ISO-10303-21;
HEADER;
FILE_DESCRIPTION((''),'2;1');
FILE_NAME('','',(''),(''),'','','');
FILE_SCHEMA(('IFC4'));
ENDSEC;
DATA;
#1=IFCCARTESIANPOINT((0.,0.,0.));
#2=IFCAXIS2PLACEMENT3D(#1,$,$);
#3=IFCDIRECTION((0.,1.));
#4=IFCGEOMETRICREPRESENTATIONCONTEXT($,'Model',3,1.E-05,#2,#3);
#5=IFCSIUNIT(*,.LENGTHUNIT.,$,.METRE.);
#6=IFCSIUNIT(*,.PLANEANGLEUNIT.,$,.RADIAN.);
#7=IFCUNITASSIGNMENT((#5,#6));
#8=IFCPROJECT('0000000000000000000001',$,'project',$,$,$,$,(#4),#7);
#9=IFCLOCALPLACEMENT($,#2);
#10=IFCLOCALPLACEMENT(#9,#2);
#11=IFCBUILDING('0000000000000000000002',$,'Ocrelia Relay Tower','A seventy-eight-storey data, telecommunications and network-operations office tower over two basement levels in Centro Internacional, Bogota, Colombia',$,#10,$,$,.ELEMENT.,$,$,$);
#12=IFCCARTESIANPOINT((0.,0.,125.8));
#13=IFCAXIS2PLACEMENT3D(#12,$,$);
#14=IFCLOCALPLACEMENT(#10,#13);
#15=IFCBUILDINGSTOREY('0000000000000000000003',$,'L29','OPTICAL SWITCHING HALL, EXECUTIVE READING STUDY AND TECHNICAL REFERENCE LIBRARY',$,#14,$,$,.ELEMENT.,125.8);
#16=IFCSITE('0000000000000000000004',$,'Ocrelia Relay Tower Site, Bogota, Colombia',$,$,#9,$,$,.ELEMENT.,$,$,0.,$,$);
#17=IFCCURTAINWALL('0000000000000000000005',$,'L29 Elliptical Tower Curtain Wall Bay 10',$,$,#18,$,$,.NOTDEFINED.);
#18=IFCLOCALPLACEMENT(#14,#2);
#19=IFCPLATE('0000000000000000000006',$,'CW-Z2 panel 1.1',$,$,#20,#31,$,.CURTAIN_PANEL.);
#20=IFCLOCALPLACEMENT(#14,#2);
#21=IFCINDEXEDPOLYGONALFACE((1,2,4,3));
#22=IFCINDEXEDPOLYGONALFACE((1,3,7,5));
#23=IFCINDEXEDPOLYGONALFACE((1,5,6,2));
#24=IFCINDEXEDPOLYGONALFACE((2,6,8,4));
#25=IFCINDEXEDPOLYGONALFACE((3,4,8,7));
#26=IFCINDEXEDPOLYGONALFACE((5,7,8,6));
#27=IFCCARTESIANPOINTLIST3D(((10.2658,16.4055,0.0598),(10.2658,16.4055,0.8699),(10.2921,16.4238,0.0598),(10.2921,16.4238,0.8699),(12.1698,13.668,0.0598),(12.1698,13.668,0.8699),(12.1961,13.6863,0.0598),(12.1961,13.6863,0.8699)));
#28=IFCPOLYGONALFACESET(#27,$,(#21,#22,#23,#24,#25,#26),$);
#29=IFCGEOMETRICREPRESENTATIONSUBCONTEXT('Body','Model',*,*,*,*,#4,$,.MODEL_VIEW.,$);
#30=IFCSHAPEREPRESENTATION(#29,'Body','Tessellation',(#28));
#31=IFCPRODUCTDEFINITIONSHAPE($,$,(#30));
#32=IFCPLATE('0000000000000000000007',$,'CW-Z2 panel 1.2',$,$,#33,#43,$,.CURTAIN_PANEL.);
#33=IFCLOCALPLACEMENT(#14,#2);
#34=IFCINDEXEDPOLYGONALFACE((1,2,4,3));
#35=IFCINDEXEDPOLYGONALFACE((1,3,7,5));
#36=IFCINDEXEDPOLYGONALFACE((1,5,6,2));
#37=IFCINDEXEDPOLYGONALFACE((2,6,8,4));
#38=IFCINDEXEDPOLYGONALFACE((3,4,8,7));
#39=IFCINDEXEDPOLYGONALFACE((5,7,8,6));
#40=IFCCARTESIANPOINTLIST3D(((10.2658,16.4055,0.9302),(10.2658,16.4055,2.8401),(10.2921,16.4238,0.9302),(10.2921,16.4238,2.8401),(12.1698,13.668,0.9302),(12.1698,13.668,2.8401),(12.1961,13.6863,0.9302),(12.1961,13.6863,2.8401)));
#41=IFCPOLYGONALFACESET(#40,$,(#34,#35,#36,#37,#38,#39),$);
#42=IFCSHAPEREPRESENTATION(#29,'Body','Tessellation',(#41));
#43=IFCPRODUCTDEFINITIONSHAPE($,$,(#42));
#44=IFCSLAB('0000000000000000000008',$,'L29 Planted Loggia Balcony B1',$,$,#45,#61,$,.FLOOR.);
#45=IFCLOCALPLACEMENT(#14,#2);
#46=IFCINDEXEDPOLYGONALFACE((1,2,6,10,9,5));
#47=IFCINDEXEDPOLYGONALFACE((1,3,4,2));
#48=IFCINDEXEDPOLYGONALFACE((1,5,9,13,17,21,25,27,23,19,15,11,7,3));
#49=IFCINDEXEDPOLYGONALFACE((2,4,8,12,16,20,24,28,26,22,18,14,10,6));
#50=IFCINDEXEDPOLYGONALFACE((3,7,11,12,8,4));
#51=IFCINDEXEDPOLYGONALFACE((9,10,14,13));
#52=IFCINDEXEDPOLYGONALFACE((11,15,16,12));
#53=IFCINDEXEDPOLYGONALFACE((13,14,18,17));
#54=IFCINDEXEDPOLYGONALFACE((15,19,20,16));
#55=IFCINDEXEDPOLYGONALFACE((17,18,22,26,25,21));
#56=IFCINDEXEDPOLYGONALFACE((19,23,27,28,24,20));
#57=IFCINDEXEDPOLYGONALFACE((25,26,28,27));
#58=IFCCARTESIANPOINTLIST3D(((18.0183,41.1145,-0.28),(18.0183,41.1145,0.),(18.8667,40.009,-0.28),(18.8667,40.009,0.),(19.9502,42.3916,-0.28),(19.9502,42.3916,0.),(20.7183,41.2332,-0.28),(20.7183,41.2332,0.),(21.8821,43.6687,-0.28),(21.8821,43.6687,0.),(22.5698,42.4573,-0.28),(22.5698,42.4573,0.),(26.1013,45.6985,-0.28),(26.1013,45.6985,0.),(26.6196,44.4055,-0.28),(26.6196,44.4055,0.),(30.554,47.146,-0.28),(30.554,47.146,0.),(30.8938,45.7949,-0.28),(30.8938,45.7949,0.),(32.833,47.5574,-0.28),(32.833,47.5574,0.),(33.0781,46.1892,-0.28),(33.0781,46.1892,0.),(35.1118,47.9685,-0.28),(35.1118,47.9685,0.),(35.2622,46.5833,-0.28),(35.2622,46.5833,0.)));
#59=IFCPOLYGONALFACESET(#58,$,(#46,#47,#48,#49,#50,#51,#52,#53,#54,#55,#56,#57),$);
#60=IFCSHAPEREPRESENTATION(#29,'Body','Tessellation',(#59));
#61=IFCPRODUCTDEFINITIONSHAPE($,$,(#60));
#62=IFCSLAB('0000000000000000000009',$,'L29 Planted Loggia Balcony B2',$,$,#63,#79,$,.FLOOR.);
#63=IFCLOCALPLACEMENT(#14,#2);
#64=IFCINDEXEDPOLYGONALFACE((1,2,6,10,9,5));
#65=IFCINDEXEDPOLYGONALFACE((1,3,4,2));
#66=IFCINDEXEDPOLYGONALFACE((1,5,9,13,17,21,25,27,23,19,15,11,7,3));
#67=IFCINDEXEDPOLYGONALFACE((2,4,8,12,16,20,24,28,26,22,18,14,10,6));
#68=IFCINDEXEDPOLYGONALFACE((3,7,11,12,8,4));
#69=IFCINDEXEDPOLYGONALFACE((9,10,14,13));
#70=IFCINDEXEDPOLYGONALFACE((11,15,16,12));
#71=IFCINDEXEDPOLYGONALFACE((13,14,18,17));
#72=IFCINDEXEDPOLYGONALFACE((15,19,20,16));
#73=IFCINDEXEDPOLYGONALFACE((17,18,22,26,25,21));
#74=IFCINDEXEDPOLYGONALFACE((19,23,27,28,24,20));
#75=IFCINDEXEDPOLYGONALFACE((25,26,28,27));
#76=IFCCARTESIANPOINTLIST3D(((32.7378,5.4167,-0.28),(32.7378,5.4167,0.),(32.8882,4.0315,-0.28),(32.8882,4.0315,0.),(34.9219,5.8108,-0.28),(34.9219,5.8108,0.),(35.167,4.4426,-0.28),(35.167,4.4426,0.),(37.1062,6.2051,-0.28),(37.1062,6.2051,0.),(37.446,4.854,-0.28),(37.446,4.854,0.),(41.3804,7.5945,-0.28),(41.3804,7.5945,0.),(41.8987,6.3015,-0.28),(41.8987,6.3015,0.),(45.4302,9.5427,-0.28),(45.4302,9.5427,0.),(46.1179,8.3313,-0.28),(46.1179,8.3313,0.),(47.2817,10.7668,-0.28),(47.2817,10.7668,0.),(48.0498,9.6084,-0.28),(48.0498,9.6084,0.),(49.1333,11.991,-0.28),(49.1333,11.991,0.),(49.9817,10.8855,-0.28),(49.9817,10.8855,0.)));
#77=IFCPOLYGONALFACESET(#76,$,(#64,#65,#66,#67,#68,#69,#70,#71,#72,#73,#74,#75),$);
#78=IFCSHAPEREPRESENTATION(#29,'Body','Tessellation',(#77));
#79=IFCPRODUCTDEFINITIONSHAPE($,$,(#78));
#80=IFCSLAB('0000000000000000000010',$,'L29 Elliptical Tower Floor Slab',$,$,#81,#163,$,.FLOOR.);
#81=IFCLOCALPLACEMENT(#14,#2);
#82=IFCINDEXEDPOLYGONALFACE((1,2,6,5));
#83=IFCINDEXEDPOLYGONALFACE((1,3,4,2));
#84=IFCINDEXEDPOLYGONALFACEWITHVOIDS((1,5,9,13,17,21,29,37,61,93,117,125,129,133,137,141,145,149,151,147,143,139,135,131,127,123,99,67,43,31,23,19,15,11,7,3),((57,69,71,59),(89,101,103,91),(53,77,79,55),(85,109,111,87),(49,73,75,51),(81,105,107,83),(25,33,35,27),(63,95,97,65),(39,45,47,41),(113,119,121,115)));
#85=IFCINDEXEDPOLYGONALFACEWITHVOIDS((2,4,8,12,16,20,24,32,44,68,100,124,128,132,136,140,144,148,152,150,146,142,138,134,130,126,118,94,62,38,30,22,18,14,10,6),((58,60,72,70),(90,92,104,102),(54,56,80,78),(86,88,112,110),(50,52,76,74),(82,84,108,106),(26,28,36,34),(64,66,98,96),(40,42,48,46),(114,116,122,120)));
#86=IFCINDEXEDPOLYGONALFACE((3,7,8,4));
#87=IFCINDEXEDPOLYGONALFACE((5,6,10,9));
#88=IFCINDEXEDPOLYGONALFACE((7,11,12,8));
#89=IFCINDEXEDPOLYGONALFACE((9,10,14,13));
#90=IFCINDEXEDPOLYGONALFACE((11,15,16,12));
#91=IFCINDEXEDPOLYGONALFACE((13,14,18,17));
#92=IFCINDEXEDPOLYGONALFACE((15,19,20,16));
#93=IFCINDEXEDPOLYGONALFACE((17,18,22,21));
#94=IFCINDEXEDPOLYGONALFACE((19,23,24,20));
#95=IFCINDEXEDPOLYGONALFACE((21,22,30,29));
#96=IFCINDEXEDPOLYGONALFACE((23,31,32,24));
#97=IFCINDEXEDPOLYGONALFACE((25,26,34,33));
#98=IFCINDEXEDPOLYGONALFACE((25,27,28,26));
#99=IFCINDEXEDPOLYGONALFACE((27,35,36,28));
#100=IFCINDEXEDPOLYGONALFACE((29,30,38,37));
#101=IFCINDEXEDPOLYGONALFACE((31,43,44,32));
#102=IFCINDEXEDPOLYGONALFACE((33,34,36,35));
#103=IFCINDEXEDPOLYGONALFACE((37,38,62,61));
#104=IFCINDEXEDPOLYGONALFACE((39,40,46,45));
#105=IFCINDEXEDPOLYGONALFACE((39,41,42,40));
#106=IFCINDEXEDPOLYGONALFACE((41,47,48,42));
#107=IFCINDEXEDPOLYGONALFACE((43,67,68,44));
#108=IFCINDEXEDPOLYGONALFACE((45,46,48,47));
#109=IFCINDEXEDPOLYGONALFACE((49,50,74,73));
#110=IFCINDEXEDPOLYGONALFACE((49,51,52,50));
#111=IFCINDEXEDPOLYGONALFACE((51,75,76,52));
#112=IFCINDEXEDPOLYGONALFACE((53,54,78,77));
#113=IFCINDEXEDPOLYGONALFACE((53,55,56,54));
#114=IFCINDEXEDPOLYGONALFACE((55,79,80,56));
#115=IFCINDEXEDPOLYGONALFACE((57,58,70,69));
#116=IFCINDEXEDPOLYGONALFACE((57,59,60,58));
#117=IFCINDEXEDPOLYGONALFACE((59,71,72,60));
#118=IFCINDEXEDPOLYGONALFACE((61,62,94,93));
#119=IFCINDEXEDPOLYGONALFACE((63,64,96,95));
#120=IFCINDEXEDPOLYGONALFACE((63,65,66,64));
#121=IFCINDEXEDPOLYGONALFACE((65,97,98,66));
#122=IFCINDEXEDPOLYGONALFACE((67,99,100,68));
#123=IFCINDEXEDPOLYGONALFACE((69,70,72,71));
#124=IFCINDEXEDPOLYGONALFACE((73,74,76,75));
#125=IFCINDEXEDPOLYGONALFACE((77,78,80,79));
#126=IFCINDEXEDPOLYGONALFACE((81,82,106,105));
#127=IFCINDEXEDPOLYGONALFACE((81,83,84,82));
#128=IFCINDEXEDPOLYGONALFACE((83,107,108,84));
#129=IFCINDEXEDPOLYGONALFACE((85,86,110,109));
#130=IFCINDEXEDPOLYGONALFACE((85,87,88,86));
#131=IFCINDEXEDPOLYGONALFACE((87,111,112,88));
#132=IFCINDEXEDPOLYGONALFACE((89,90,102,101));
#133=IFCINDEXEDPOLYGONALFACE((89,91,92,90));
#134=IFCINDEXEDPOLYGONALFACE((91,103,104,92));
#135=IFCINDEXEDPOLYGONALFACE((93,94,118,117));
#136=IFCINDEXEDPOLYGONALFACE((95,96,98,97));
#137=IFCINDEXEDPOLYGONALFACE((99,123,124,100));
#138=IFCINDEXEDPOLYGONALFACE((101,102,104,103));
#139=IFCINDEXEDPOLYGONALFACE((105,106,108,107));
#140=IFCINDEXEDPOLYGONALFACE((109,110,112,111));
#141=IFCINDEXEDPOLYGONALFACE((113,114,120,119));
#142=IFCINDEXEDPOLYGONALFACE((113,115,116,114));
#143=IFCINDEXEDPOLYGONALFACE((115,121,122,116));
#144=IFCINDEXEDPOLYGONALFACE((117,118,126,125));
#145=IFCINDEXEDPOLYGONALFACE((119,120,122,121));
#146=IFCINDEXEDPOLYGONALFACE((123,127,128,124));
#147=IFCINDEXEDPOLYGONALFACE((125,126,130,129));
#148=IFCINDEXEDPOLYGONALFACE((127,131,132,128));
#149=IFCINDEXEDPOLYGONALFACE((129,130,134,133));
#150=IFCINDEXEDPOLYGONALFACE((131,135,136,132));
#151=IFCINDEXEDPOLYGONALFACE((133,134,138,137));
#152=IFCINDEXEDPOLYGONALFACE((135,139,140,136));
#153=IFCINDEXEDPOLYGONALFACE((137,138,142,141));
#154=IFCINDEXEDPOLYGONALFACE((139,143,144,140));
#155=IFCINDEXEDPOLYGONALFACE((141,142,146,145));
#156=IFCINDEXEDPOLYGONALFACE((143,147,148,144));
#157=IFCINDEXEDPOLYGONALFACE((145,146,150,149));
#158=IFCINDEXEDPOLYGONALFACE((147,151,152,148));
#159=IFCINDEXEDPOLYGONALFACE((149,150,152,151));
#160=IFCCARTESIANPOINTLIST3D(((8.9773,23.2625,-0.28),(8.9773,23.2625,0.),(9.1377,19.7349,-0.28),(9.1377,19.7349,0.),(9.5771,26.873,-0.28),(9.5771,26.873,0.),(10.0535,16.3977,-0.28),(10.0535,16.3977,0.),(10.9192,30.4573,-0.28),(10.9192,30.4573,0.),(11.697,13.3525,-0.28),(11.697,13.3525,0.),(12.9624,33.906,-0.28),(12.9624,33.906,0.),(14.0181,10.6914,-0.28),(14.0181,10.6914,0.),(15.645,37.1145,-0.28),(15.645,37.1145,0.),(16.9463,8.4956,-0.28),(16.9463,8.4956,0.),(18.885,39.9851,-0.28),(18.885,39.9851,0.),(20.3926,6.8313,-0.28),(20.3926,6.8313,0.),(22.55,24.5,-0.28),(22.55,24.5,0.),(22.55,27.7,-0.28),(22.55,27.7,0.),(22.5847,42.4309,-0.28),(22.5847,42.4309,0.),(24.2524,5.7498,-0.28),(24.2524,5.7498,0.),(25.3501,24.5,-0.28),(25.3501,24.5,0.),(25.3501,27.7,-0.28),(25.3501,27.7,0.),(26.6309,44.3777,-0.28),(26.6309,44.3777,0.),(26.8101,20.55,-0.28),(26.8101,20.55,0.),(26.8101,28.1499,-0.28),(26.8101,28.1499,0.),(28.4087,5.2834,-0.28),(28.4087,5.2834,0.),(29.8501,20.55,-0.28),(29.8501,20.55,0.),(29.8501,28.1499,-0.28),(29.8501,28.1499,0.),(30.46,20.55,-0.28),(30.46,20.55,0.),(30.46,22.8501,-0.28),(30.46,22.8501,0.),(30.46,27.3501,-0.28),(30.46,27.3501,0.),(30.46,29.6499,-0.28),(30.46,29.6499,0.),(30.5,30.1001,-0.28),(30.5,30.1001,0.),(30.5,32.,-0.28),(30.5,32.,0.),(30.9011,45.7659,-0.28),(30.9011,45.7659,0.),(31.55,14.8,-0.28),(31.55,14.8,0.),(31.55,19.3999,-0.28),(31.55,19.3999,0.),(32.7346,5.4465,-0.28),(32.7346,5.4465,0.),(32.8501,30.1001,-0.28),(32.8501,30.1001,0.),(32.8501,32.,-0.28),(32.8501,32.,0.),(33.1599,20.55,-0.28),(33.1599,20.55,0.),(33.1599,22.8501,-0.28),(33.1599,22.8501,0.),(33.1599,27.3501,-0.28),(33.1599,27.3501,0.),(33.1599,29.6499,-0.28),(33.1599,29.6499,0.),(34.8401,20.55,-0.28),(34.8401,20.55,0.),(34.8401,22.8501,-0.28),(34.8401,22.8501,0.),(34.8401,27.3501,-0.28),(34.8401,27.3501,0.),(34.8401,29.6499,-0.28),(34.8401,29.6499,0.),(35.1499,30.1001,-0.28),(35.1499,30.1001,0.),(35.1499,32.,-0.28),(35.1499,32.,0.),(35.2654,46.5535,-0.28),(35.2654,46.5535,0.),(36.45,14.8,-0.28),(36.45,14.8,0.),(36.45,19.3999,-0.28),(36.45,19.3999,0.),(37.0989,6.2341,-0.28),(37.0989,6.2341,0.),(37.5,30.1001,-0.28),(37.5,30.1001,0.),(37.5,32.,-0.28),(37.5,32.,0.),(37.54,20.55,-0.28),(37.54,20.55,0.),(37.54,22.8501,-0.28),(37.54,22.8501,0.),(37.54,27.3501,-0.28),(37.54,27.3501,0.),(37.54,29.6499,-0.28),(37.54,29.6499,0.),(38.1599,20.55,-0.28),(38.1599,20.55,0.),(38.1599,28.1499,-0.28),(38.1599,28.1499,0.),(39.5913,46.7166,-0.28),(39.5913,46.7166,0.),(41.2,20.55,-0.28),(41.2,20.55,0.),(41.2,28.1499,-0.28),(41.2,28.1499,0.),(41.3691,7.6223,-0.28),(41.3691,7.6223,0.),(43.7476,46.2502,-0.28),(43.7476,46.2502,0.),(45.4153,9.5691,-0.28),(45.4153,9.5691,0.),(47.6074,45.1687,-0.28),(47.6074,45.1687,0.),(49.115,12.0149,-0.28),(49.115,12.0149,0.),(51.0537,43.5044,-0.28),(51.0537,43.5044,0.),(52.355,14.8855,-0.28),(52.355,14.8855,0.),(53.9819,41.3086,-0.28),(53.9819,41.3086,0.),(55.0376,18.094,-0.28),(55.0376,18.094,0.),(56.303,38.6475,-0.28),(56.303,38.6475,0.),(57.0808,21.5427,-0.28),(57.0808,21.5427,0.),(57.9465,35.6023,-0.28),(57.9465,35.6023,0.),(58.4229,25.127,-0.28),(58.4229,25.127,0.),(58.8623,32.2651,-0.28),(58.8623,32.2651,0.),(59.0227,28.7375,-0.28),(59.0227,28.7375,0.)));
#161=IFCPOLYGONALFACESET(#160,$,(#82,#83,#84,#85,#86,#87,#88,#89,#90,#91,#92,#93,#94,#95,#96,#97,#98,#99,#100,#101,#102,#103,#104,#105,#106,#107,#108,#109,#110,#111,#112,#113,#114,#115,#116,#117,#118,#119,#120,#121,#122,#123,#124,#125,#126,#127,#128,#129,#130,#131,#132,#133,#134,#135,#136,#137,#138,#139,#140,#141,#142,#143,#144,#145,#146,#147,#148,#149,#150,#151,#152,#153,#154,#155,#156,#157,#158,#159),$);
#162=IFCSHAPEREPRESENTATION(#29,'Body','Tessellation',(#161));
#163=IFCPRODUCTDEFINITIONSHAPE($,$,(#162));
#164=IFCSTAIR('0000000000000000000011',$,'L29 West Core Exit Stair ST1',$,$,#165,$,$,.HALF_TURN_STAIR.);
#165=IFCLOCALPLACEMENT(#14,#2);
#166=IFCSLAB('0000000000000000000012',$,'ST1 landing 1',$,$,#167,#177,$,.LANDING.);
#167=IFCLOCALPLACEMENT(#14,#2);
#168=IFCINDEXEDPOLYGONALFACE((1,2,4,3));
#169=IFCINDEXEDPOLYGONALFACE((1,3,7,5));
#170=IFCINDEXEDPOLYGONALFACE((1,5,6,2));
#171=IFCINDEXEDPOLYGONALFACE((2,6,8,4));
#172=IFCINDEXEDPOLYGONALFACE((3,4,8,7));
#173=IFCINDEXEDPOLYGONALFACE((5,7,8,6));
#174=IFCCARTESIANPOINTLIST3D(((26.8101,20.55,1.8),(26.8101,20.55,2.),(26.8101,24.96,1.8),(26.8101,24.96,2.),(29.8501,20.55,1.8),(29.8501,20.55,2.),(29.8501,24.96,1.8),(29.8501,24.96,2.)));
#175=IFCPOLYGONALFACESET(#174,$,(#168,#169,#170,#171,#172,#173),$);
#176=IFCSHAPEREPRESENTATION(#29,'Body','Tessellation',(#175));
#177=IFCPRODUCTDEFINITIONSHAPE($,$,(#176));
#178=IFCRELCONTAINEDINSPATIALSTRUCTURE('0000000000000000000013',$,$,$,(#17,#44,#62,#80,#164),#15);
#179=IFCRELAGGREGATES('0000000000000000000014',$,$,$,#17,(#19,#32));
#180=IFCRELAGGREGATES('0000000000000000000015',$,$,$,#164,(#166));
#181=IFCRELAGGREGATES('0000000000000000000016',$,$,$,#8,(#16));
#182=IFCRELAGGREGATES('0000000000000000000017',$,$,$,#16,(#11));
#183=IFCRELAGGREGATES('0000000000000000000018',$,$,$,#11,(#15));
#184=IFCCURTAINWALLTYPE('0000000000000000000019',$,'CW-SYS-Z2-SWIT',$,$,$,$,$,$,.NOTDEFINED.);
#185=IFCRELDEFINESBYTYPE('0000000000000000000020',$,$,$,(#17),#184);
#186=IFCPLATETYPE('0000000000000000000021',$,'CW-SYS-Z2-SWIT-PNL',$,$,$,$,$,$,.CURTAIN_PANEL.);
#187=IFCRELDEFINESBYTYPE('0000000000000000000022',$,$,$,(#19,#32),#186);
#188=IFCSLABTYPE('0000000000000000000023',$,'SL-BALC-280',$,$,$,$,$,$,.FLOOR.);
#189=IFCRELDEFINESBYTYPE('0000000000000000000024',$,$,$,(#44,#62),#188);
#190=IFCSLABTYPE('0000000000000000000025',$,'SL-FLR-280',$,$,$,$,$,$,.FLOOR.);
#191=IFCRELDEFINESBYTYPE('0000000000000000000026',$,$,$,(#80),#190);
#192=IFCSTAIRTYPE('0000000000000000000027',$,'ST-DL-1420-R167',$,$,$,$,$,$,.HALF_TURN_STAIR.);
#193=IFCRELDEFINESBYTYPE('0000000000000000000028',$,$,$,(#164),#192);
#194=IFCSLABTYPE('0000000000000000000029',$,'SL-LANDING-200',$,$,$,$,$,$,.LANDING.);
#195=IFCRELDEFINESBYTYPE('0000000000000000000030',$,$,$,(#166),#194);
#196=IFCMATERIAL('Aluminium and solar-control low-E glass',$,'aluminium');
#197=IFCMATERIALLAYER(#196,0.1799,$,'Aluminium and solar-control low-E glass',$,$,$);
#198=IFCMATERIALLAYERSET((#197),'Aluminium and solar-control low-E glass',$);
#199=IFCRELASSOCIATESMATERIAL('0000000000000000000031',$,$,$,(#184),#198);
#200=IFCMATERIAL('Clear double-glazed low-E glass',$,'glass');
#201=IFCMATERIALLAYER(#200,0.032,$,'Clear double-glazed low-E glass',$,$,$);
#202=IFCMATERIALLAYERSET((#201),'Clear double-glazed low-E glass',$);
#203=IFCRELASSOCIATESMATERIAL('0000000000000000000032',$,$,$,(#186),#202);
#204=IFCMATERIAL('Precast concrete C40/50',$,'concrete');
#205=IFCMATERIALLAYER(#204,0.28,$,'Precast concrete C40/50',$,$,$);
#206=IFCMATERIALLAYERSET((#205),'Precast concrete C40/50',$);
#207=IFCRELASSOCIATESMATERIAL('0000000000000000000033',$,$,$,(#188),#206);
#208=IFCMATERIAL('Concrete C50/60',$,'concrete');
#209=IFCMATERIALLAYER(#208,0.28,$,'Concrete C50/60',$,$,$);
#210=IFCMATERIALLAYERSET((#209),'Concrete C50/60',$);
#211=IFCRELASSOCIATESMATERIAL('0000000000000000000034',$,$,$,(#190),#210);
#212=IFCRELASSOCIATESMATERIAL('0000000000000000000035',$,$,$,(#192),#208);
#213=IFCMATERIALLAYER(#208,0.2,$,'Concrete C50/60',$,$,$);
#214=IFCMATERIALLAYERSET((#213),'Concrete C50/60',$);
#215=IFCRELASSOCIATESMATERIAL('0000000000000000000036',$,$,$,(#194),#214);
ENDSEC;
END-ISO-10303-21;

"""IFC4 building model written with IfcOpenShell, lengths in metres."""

from ifc_helpers import new_model, si_unit, direction, frame, origin, origin_2d, place, context, subcontext, project, spatial, polyline, rectangle, outline, extrude, material, layer, layer_set, type_object, element, aggregate, save


model = new_model("IFC4")

# Units and contexts
model_context = context("Model", 3, precision=1e-05, world=origin(), true_north=direction((0.0, 1.0)))
body_context = subcontext(model_context, "Body", "Model", "MODEL_VIEW")
ifc_project = project(units=[si_unit("LENGTHUNIT", "METRE"), si_unit("PLANEANGLEUNIT", "RADIAN")], contexts=[model_context])

# Site, building, storey
site_placement = place(None, origin())
site = spatial("IfcSite", under=ifc_project, at=site_placement, Name="Ocrelia Relay Tower Site, Bogota, Colombia", CompositionType="ELEMENT", RefElevation=0.0)
building_placement = place(site_placement, origin())
building = spatial("IfcBuilding", under=site, at=building_placement, Name="Ocrelia Relay Tower", Description="A seventy-eight-storey data, telecommunications and network-operations office tower over two basement levels in Centro Internacional, Bogota, Colombia", CompositionType="ELEMENT")
storey_placement = place(building_placement, frame((0.0, 0.0, 125.8)))
storey = spatial("IfcBuildingStorey", under=building, at=storey_placement, Name="L29", Description="OPTICAL SWITCHING HALL, EXECUTIVE READING STUDY AND TECHNICAL REFERENCE LIBRARY", CompositionType="ELEMENT", Elevation=125.8)

# Shared definitions
ifc_material_1 = material(Name="Aluminium and solar-control low-E glass", Category="aluminium")
ifc_layer_1 = layer(ifc_material_1, 0.1799, Name="Aluminium and solar-control low-E glass")
ifc_layer_set_1 = layer_set([ifc_layer_1], Name="Aluminium and solar-control low-E glass")
curtain_wall_type = type_object("IfcCurtainWallType", Name="CW-SYS-Z2-SWIT", PredefinedType="NOTDEFINED", material=ifc_layer_set_1)

# Curtain wall
curtain_wall_1_placement = place(storey_placement, origin())
curtain_wall_1 = element("IfcCurtainWall", 1, at=curtain_wall_1_placement, inside=storey, type_object=curtain_wall_type, Name="L29 Elliptical Tower Curtain Wall Bay 10", PredefinedType="NOTDEFINED")

# Plates
ifc_material_2 = material(Name="Clear double-glazed low-E glass", Category="glass")
ifc_layer_2 = layer(ifc_material_2, 0.032, Name="Clear double-glazed low-E glass")
ifc_layer_set_2 = layer_set([ifc_layer_2], Name="Clear double-glazed low-E glass")
plate_type = type_object("IfcPlateType", Name="CW-SYS-Z2-SWIT-PNL", PredefinedType="CURTAIN_PANEL", material=ifc_layer_set_2)
plate_1_placement = place(storey_placement, frame((11.231, 15.0459, 0.0598), z_axis=(0.0, 0.0, 1.0), x_axis=(0.570993, -0.820955, 0.0)))
plate_1 = element("IfcPlate", 2, at=plate_1_placement, type_object=plate_type, Name="CW-Z2 panel 1.1", PredefinedType="CURTAIN_PANEL", context=body_context, shape_type="SweptSolid", body=[
    extrude(rectangle(XDim=3.3345, YDim=0.032, at=origin_2d()), origin(), (0.0, 0.0, 1.0), 0.8101),
])
plate_2_placement = place(storey_placement, frame((11.231, 15.0459, 0.9302), z_axis=(0.0, 0.0, 1.0), x_axis=(0.570993, -0.820955, 0.0)))
plate_2 = element("IfcPlate", 3, at=plate_2_placement, type_object=plate_type, Name="CW-Z2 panel 1.2", PredefinedType="CURTAIN_PANEL", context=body_context, shape_type="SweptSolid", body=[
    extrude(rectangle(XDim=3.3345, YDim=0.032, at=origin_2d()), origin(), (0.0, 0.0, 1.0), 1.9099),
])
aggregate(curtain_wall_1, [plate_1, plate_2])

# Slabs
ifc_material_3 = material(Name="Precast concrete C40/50", Category="concrete")
ifc_layer_3 = layer(ifc_material_3, 0.28, Name="Precast concrete C40/50")
ifc_layer_set_3 = layer_set([ifc_layer_3], Name="Precast concrete C40/50")
slab_type_1 = type_object("IfcSlabType", Name="SL-BALC-280", PredefinedType="FLOOR", material=ifc_layer_set_3)
slab_1_placement = place(storey_placement, frame((0.0, 0.0, -0.28)))
element("IfcSlab", 4, at=slab_1_placement, inside=storey, type_object=slab_type_1, Name="L29 Planted Loggia Balcony B1", PredefinedType="FLOOR", context=body_context, shape_type="SweptSolid", body=[
    extrude(outline(polyline([(35.2622, 46.5833), (33.0781, 46.1892), (30.8938, 45.7949), (26.6196, 44.4055), (22.5698, 42.4573), (20.7183, 41.2332), (18.8667, 40.009), (18.0183, 41.1145), (19.9502, 42.3916), (21.8821, 43.6687), (26.1013, 45.6985), (30.554, 47.146), (32.833, 47.5574), (35.1118, 47.9685), (35.2622, 46.5833)])), origin(), (0.0, 0.0, 1.0), 0.28),
])
slab_2_placement = place(storey_placement, frame((0.0, 0.0, -0.28)))
element("IfcSlab", 5, at=slab_2_placement, inside=storey, type_object=slab_type_1, Name="L29 Planted Loggia Balcony B2", PredefinedType="FLOOR", context=body_context, shape_type="SweptSolid", body=[
    extrude(outline(polyline([(32.7378, 5.4167), (34.9219, 5.8108), (37.1062, 6.2051), (41.3804, 7.5945), (45.4302, 9.5427), (47.2817, 10.7668), (49.1333, 11.991), (49.9817, 10.8855), (48.0498, 9.6084), (46.1179, 8.3313), (41.8987, 6.3015), (37.446, 4.854), (35.167, 4.4426), (32.8882, 4.0315), (32.7378, 5.4167)])), origin(), (0.0, 0.0, 1.0), 0.28),
])
ifc_material_4 = material(Name="Concrete C50/60", Category="concrete")
ifc_layer_4 = layer(ifc_material_4, 0.28, Name="Concrete C50/60")
ifc_layer_set_4 = layer_set([ifc_layer_4], Name="Concrete C50/60")
slab_type_2 = type_object("IfcSlabType", Name="SL-FLR-280", PredefinedType="FLOOR", material=ifc_layer_set_4)
slab_3_placement = place(storey_placement, frame((0.0, 0.0, -0.28)))
element("IfcSlab", 6, at=slab_3_placement, inside=storey, type_object=slab_type_2, Name="L29 Elliptical Tower Floor Slab", PredefinedType="FLOOR", context=body_context, shape_type="SweptSolid", body=[
    extrude(outline(polyline([(57.9465, 35.6023), (56.303, 38.6475), (53.9819, 41.3086), (51.0537, 43.5044), (47.6074, 45.1687), (43.7476, 46.2502), (39.5913, 46.7166), (35.2654, 46.5535), (30.9011, 45.7659), (26.6309, 44.3777), (22.5847, 42.4309), (18.885, 39.9851), (15.645, 37.1145), (12.9624, 33.906), (10.9192, 30.4573), (9.5771, 26.873), (8.9773, 23.2625), (9.1377, 19.7349), (10.0535, 16.3977), (11.697, 13.3525), (14.0181, 10.6914), (16.9463, 8.4956), (20.3926, 6.8313), (24.2524, 5.7498), (28.4087, 5.2834), (32.7346, 5.4465), (37.0989, 6.2341), (41.3691, 7.6223), (45.4153, 9.5691), (49.115, 12.0149), (52.355, 14.8855), (55.0376, 18.094), (57.0808, 21.5427), (58.4229, 25.127), (59.0227, 28.7375), (58.8623, 32.2651), (57.9465, 35.6023)]), holes=[polyline([(26.8101, 28.1499), (26.8101, 20.55), (29.8501, 20.55), (29.8501, 28.1499), (26.8101, 28.1499)]), polyline([(38.1599, 28.1499), (38.1599, 20.55), (41.2, 20.55), (41.2, 28.1499), (38.1599, 28.1499)]), polyline([(30.46, 20.55), (33.1599, 20.55), (33.1599, 22.8501), (30.46, 22.8501), (30.46, 20.55)]), polyline([(34.8401, 20.55), (37.54, 20.55), (37.54, 22.8501), (34.8401, 22.8501), (34.8401, 20.55)]), polyline([(30.46, 27.3501), (33.1599, 27.3501), (33.1599, 29.6499), (30.46, 29.6499), (30.46, 27.3501)]), polyline([(34.8401, 27.3501), (37.54, 27.3501), (37.54, 29.6499), (34.8401, 29.6499), (34.8401, 27.3501)]), polyline([(30.5, 30.1001), (32.8501, 30.1001), (32.8501, 32.0), (30.5, 32.0), (30.5, 30.1001)]), polyline([(35.1499, 30.1001), (37.5, 30.1001), (37.5, 32.0), (35.1499, 32.0), (35.1499, 30.1001)]), polyline([(22.55, 24.5), (25.3501, 24.5), (25.3501, 27.7), (22.55, 27.7), (22.55, 24.5)]), polyline([(31.55, 14.8), (36.45, 14.8), (36.45, 19.3999), (31.55, 19.3999), (31.55, 14.8)])]), origin(), (0.0, 0.0, 1.0), 0.28),
])

# Stair, slab
stair_type = type_object("IfcStairType", Name="ST-DL-1420-R167", PredefinedType="HALF_TURN_STAIR", material=ifc_material_4)
stair_1_placement = place(storey_placement, origin())
stair_1 = element("IfcStair", 7, at=stair_1_placement, inside=storey, type_object=stair_type, Name="L29 West Core Exit Stair ST1", PredefinedType="HALF_TURN_STAIR")
ifc_layer_5 = layer(ifc_material_4, 0.2, Name="Concrete C50/60")
ifc_layer_set_5 = layer_set([ifc_layer_5], Name="Concrete C50/60")
slab_type_3 = type_object("IfcSlabType", Name="SL-LANDING-200", PredefinedType="LANDING", material=ifc_layer_set_5)
slab_4_placement = place(storey_placement, frame((0.0, 0.0, 1.8)))
slab_4 = element("IfcSlab", 8, at=slab_4_placement, type_object=slab_type_3, Name="ST1 landing 1", PredefinedType="LANDING", context=body_context, shape_type="SweptSolid", body=[
    extrude(outline(polyline([(26.8101, 24.96), (26.8101, 20.55), (29.8501, 20.55), (29.8501, 24.96), (26.8101, 24.96)])), origin(), (0.0, 0.0, 1.0), 0.2),
])
aggregate(stair_1, [slab_4])

save(model, "model.ifc")
